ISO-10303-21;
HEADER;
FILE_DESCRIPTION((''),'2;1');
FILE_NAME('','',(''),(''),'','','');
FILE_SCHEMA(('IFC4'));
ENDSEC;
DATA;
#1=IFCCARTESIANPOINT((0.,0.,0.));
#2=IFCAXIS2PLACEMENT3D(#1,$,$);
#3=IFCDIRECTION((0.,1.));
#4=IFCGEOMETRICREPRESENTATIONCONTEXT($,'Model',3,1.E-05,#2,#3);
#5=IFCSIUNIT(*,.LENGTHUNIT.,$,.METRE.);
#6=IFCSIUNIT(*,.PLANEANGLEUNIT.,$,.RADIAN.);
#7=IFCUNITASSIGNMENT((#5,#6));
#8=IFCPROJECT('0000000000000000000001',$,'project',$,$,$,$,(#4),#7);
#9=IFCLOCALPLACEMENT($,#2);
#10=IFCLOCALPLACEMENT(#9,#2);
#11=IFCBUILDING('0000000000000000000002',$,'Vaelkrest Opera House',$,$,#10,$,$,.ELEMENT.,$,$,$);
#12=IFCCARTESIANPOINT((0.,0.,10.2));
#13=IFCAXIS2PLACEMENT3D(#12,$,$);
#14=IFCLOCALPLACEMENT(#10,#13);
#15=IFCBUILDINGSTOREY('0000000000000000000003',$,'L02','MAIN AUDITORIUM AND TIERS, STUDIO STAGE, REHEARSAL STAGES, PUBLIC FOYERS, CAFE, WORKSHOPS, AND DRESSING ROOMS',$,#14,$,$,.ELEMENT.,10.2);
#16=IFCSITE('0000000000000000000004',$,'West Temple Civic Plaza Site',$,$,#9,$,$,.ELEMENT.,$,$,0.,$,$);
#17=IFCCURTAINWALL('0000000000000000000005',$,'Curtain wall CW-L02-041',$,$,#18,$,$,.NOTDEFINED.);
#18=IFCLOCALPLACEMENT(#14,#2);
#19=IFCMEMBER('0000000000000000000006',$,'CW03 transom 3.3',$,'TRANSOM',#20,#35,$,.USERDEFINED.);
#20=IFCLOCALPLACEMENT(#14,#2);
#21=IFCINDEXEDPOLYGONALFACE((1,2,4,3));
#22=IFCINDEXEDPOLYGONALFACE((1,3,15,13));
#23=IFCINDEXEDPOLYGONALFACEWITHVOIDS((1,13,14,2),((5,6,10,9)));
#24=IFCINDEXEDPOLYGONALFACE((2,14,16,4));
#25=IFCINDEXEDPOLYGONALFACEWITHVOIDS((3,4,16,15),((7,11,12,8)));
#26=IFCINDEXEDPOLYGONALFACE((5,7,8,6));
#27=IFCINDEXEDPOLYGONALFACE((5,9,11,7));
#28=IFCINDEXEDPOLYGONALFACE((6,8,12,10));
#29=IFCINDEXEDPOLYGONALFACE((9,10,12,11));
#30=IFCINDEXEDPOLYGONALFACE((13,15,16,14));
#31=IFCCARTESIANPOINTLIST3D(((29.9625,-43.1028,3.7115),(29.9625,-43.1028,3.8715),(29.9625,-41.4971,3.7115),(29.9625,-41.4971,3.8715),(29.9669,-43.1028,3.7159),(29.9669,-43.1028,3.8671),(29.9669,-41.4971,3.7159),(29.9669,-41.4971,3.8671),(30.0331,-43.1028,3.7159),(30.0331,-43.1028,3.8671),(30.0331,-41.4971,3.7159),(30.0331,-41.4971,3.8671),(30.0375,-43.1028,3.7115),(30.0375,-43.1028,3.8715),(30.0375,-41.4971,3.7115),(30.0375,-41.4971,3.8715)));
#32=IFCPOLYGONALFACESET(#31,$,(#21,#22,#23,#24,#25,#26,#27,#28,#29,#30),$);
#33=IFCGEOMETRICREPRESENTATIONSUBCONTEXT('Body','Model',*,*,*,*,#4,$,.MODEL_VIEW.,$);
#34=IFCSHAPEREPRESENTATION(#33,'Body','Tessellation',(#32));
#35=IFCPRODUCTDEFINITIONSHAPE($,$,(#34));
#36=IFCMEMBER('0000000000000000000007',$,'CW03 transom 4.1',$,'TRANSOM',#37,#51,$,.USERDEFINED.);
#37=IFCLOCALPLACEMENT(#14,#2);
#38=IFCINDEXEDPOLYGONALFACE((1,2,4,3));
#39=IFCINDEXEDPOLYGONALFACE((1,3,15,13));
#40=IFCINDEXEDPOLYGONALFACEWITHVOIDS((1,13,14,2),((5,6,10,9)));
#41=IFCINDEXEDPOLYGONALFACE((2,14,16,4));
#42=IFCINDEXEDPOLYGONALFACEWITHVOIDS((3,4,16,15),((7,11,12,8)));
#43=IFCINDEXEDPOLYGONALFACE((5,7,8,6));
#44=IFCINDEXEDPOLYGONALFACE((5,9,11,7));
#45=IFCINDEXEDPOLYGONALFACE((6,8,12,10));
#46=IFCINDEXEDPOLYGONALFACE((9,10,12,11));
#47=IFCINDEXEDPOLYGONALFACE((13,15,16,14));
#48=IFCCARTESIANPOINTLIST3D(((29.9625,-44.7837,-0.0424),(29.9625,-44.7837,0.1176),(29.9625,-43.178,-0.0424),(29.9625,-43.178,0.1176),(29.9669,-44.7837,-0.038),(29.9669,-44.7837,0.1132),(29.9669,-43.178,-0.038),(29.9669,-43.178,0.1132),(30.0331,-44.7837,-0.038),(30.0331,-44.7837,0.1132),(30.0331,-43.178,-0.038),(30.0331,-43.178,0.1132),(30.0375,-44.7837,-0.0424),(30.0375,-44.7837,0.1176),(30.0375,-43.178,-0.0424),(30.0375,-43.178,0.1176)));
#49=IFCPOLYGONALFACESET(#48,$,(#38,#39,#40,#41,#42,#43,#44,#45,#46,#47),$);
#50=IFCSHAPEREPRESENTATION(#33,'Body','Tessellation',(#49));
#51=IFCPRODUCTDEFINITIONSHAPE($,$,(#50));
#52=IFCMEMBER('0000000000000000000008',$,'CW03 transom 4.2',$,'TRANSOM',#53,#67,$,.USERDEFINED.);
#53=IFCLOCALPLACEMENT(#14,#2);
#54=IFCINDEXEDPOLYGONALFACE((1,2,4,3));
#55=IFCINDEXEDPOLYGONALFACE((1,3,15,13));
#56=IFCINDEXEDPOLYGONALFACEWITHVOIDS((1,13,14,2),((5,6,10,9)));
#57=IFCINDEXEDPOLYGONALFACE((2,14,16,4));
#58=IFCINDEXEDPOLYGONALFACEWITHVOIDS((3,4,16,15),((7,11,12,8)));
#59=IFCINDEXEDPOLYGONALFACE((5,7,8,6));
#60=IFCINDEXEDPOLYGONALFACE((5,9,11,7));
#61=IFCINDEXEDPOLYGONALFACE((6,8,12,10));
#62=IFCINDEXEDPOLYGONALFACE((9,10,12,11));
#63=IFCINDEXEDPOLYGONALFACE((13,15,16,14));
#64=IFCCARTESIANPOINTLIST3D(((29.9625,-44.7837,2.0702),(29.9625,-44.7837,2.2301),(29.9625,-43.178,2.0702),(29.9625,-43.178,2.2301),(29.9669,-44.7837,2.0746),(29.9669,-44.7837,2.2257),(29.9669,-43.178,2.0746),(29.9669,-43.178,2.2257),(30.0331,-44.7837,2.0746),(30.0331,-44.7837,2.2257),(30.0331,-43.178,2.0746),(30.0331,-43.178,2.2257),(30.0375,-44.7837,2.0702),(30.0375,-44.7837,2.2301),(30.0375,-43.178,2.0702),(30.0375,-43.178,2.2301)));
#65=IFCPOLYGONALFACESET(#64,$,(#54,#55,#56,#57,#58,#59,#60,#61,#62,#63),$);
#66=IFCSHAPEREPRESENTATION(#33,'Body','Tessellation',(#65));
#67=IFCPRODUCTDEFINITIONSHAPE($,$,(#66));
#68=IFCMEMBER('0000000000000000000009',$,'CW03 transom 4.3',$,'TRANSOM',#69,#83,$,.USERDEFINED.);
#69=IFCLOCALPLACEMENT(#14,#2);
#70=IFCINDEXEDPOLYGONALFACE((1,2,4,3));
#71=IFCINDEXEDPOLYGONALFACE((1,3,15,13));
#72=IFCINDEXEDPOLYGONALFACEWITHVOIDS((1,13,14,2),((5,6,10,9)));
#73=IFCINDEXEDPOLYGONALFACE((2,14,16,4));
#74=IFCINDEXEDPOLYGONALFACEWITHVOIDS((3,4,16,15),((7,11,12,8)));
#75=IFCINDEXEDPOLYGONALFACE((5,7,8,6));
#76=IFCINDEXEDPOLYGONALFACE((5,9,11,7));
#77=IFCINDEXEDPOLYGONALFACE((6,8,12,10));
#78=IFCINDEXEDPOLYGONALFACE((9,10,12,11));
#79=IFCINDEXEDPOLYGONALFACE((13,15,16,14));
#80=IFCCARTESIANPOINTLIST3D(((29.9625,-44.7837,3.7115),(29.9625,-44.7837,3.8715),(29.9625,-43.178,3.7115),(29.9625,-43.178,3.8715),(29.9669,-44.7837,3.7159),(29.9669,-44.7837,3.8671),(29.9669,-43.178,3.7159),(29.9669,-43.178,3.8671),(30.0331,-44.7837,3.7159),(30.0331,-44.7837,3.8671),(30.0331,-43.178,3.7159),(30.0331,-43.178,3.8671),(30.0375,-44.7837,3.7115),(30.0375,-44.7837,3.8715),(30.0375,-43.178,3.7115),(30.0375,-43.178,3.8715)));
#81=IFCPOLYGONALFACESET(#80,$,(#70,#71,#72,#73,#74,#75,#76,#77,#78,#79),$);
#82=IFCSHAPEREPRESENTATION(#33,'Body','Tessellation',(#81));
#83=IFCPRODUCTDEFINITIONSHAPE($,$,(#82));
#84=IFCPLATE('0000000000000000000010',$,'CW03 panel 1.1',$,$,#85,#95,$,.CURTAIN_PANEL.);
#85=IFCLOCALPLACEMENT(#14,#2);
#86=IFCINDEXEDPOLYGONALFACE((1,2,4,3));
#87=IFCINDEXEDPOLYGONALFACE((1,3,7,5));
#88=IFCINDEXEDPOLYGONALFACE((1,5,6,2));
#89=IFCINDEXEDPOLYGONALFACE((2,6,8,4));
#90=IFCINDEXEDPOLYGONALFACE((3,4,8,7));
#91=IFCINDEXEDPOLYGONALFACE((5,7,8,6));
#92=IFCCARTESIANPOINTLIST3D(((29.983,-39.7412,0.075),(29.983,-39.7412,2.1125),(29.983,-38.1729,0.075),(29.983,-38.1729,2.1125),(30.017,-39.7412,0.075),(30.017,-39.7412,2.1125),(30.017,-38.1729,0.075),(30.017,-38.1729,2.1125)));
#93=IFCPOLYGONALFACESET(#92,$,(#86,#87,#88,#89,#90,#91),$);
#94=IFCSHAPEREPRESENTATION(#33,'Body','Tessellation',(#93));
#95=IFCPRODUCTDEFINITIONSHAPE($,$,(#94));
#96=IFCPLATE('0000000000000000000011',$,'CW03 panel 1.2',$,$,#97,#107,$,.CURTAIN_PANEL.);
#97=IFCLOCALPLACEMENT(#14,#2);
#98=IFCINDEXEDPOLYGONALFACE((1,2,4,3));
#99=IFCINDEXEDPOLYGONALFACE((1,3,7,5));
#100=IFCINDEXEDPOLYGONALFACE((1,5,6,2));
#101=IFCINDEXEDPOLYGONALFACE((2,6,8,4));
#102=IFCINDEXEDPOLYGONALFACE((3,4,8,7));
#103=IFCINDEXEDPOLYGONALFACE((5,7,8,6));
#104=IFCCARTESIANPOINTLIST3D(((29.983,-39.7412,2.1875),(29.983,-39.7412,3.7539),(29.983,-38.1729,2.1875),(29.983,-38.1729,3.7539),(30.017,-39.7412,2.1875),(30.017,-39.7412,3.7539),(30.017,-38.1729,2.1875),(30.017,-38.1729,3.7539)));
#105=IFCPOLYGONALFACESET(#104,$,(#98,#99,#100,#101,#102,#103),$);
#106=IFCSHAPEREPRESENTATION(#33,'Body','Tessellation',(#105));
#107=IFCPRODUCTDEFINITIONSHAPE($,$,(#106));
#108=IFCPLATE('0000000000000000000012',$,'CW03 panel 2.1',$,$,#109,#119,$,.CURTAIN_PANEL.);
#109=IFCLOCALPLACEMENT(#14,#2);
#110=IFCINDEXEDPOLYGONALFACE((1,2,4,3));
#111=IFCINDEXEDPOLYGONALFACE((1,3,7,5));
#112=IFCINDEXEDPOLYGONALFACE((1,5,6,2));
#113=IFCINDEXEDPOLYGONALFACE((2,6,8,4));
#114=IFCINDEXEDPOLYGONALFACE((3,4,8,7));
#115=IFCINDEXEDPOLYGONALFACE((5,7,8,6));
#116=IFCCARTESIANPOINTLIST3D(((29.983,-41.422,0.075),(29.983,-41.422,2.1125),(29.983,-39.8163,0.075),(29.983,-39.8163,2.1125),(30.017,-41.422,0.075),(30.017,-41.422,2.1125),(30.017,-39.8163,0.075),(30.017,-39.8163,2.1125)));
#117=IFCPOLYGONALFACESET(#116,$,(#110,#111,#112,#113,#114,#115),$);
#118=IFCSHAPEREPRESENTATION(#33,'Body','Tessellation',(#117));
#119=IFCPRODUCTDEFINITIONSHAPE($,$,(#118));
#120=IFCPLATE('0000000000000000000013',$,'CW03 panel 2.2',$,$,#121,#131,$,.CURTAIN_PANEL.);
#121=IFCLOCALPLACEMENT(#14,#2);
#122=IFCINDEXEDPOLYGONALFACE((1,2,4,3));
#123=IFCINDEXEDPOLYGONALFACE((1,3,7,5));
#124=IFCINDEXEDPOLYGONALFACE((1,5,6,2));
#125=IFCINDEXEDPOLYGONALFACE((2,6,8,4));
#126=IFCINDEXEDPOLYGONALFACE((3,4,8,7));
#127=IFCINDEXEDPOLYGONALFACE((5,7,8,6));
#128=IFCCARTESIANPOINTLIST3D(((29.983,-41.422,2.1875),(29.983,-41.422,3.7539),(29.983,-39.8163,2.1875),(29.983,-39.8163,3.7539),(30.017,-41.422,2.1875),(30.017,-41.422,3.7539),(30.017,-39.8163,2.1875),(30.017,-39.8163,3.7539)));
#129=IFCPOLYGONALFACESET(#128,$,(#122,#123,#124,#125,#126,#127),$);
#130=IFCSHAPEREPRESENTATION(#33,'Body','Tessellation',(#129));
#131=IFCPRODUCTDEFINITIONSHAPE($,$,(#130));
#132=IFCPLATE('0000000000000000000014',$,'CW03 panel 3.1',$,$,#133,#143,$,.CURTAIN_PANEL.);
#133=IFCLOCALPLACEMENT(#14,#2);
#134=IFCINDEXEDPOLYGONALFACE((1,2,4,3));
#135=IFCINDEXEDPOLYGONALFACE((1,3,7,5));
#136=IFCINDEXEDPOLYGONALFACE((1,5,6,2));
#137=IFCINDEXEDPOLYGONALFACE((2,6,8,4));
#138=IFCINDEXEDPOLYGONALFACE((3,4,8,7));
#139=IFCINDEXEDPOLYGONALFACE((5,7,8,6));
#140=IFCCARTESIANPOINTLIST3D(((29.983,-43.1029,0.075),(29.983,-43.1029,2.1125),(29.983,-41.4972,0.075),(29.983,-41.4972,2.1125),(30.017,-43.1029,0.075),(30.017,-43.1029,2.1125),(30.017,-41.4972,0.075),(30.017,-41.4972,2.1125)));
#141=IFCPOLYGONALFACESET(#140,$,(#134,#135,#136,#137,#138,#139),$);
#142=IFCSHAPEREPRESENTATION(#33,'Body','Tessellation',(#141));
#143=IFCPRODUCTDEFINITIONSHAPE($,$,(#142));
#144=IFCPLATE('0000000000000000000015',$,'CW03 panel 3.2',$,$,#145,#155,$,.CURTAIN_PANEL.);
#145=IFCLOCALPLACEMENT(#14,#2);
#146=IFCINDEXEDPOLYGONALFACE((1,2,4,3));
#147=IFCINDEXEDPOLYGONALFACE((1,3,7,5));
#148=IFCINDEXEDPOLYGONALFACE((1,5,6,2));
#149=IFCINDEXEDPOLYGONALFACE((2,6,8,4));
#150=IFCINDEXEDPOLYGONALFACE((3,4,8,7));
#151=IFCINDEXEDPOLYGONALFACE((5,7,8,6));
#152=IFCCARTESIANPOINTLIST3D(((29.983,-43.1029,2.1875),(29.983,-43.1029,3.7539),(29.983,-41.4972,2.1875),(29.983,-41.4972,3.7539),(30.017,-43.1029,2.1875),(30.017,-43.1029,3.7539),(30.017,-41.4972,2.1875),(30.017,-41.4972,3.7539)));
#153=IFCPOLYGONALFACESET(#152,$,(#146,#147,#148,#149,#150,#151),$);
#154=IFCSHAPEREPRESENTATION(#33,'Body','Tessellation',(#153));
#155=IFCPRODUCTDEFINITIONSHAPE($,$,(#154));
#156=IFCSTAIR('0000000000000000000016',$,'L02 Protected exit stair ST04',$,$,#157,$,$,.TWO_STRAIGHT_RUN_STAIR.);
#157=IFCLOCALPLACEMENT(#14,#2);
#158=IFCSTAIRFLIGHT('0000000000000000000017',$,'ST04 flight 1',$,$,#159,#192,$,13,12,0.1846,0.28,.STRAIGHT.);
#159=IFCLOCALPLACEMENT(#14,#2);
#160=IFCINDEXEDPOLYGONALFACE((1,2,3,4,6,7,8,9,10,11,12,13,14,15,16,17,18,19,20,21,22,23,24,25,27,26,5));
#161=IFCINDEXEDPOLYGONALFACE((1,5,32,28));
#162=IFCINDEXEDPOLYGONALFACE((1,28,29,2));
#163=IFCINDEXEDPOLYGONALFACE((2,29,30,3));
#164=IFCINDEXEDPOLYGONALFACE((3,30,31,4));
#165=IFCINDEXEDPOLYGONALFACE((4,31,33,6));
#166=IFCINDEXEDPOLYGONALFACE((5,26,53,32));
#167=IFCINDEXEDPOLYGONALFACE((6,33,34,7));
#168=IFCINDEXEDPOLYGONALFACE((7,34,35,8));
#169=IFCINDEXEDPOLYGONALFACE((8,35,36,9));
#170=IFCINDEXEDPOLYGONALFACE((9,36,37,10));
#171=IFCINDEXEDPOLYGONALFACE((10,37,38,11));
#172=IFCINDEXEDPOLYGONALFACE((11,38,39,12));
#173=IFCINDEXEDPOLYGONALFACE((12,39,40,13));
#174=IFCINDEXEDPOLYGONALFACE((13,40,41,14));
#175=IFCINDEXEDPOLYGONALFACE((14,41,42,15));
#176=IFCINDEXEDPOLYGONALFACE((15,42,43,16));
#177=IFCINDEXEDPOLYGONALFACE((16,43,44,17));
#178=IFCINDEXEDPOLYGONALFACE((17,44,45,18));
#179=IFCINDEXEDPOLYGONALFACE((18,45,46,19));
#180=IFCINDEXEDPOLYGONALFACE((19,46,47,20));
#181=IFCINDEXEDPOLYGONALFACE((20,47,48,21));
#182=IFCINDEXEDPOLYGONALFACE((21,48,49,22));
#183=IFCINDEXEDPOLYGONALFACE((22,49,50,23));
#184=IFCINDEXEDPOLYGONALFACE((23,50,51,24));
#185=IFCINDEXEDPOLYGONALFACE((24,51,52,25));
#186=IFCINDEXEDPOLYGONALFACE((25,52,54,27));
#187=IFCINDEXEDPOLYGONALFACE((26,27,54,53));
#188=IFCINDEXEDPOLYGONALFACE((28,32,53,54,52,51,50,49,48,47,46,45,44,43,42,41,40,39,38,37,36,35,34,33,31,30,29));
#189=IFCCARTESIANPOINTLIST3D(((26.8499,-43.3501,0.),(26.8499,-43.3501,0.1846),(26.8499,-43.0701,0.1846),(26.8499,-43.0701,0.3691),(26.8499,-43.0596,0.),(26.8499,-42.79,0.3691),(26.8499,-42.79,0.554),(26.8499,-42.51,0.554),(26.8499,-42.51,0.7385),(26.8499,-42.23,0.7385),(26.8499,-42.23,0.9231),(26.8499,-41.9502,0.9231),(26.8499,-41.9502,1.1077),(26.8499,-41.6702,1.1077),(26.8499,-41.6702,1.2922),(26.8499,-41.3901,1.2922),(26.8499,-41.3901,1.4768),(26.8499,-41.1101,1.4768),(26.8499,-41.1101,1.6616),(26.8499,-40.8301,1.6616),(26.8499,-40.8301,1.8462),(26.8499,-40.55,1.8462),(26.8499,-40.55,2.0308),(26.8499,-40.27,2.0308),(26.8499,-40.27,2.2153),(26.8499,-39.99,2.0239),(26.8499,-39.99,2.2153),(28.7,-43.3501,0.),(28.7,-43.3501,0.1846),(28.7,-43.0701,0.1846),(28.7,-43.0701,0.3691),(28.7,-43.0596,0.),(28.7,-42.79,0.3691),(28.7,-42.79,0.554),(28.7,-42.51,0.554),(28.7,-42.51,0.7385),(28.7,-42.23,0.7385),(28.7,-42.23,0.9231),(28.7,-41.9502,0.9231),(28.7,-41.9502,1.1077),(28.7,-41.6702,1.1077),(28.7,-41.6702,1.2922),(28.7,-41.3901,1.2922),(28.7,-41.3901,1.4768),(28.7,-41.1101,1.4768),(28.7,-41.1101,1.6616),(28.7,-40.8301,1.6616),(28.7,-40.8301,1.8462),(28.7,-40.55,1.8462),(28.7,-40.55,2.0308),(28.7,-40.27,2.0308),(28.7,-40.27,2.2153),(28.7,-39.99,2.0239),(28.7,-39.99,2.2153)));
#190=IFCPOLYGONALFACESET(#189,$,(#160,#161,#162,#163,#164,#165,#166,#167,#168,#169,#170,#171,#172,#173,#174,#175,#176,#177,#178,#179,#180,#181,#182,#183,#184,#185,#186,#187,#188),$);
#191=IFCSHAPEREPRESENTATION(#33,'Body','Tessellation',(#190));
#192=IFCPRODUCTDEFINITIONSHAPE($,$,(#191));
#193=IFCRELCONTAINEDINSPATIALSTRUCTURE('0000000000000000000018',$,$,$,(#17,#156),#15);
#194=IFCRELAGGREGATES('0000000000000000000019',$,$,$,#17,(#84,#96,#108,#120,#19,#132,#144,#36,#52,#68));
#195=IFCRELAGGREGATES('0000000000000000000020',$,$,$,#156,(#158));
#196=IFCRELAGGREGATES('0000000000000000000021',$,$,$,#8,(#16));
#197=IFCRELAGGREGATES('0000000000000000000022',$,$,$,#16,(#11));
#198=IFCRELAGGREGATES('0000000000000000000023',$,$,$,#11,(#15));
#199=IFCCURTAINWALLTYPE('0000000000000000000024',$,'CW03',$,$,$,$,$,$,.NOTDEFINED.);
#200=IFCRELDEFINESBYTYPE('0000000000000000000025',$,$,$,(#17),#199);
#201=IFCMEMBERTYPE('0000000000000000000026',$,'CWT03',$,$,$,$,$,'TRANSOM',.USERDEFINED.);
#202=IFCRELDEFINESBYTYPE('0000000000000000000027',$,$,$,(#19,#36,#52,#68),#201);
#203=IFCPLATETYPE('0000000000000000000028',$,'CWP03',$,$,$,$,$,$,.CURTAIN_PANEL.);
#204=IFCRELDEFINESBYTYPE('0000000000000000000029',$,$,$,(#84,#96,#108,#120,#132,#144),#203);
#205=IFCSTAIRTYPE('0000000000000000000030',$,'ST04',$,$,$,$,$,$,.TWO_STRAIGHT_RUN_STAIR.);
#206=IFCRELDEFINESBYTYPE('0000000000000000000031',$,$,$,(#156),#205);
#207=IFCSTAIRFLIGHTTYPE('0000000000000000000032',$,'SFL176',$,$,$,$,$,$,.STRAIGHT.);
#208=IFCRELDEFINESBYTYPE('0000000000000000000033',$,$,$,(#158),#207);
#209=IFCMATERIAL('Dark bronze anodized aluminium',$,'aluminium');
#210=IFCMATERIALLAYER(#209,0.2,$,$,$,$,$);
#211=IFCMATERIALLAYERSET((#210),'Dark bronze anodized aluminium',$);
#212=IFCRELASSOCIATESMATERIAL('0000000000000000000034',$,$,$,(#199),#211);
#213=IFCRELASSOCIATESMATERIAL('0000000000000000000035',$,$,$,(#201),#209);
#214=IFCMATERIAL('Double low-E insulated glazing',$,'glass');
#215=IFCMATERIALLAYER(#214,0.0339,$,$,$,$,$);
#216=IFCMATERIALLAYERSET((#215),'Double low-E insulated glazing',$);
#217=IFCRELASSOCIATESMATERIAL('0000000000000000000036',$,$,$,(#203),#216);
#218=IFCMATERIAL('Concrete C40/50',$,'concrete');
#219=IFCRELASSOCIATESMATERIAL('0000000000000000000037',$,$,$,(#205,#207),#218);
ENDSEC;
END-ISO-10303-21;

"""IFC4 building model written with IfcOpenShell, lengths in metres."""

from ifc_helpers import new_model, si_unit, direction, frame, origin, origin_2d, place, context, subcontext, project, spatial, polyline, rectangle, hollow_rectangle, outline, extrude, material, layer, layer_set, material_profile, profile_set, type_object, element, aggregate, save


model = new_model("IFC4")

# Units and contexts
model_context = context("Model", 3, precision=1e-05, world=origin(), true_north=direction((0.0, 1.0)))
body_context = subcontext(model_context, "Body", "Model", "MODEL_VIEW")
ifc_project = project(units=[si_unit("LENGTHUNIT", "METRE"), si_unit("PLANEANGLEUNIT", "RADIAN")], contexts=[model_context])

# Site, building, storey
site_placement = place(None, origin())
site = spatial("IfcSite", under=ifc_project, at=site_placement, Name="West Temple Civic Plaza Site", CompositionType="ELEMENT", RefElevation=0.0)
building_placement = place(site_placement, origin())
building = spatial("IfcBuilding", under=site, at=building_placement, Name="Vaelkrest Opera House", CompositionType="ELEMENT")
storey_placement = place(building_placement, frame((0.0, 0.0, 10.2)))
storey = spatial("IfcBuildingStorey", under=building, at=storey_placement, Name="L02", Description="MAIN AUDITORIUM AND TIERS, STUDIO STAGE, REHEARSAL STAGES, PUBLIC FOYERS, CAFE, WORKSHOPS, AND DRESSING ROOMS", CompositionType="ELEMENT", Elevation=10.2)

# Curtain wall, members, plates
ifc_material_1 = material(Name="Dark bronze anodized aluminium", Category="aluminium")
ifc_layer_1 = layer(ifc_material_1, 0.2)
ifc_layer_set_1 = layer_set([ifc_layer_1], Name="Dark bronze anodized aluminium")
curtain_wall_type = type_object("IfcCurtainWallType", Name="CW03", PredefinedType="NOTDEFINED", material=ifc_layer_set_1)
curtain_wall_placement = place(storey_placement, origin())
curtain_wall = element("IfcCurtainWall", 1, at=curtain_wall_placement, inside=storey, type_object=curtain_wall_type, Name="Curtain wall CW-L02-041", PredefinedType="NOTDEFINED")
ifc_material_profile_1 = material_profile(ifc_material_1, hollow_rectangle(XDim=0.075, YDim=0.1599, WallThickness=0.0044, at=origin_2d()), Name="CWT75X160")
ifc_profile_set_1 = profile_set([ifc_material_profile_1], Name="Dark bronze anodized aluminium")
member_type_1 = type_object("IfcMemberType", Name="CWT03", ElementType="TRANSOM", PredefinedType="USERDEFINED", material=ifc_profile_set_1)
member_1_placement = place(storey_placement, frame((30.0, -41.4971, 3.7915), z_axis=(0.0, -1.0, 0.0), x_axis=(1.0, 0.0, 0.0)))
member_1 = element("IfcMember", 2, at=member_1_placement, type_object=member_type_1, Name="CW03 transom 3.3", ObjectType="TRANSOM", PredefinedType="USERDEFINED", context=body_context, shape_type="SweptSolid", body=[
    extrude(hollow_rectangle(XDim=0.075, YDim=0.1599, WallThickness=0.0044, at=origin_2d()), origin(), (0.0, 0.0, 1.0), 1.6057),
])
member_2_placement = place(storey_placement, frame((30.0, -43.178, 0.0376), z_axis=(0.0, -1.0, 0.0), x_axis=(1.0, 0.0, 0.0)))
member_2 = element("IfcMember", 3, at=member_2_placement, type_object=member_type_1, Name="CW03 transom 4.1", ObjectType="TRANSOM", PredefinedType="USERDEFINED", context=body_context, shape_type="SweptSolid", body=[
    extrude(hollow_rectangle(XDim=0.075, YDim=0.1599, WallThickness=0.0044, at=origin_2d()), origin(), (0.0, 0.0, 1.0), 1.6057),
])
member_3_placement = place(storey_placement, frame((30.0, -43.178, 2.1501), z_axis=(0.0, -1.0, 0.0), x_axis=(1.0, 0.0, 0.0)))
member_3 = element("IfcMember", 4, at=member_3_placement, type_object=member_type_1, Name="CW03 transom 4.2", ObjectType="TRANSOM", PredefinedType="USERDEFINED", context=body_context, shape_type="SweptSolid", body=[
    extrude(hollow_rectangle(XDim=0.075, YDim=0.1599, WallThickness=0.0044, at=origin_2d()), origin(), (0.0, 0.0, 1.0), 1.6057),
])
member_4_placement = place(storey_placement, frame((30.0, -43.178, 3.7915), z_axis=(0.0, -1.0, 0.0), x_axis=(1.0, 0.0, 0.0)))
member_4 = element("IfcMember", 5, at=member_4_placement, type_object=member_type_1, Name="CW03 transom 4.3", ObjectType="TRANSOM", PredefinedType="USERDEFINED", context=body_context, shape_type="SweptSolid", body=[
    extrude(hollow_rectangle(XDim=0.075, YDim=0.1599, WallThickness=0.0044, at=origin_2d()), origin(), (0.0, 0.0, 1.0), 1.6057),
])
ifc_material_2 = material(Name="Double low-E insulated glazing", Category="glass")
ifc_layer_2 = layer(ifc_material_2, 0.0339)
ifc_layer_set_2 = layer_set([ifc_layer_2], Name="Double low-E insulated glazing")
plate_type = type_object("IfcPlateType", Name="CWP03", PredefinedType="CURTAIN_PANEL", material=ifc_layer_set_2)
plate_1_placement = place(storey_placement, frame((30.0, -38.957, 0.075), z_axis=(0.0, 0.0, 1.0), x_axis=(0.0, -1.0, 0.0)))
plate_1 = element("IfcPlate", 6, at=plate_1_placement, type_object=plate_type, Name="CW03 panel 1.1", PredefinedType="CURTAIN_PANEL", context=body_context, shape_type="SweptSolid", body=[
    extrude(rectangle(XDim=1.5684, YDim=0.0339, at=origin_2d()), origin(), (0.0, 0.0, 1.0), 2.0376),
])
plate_2_placement = place(storey_placement, frame((30.0, -38.957, 2.1875), z_axis=(0.0, 0.0, 1.0), x_axis=(0.0, -1.0, 0.0)))
plate_2 = element("IfcPlate", 7, at=plate_2_placement, type_object=plate_type, Name="CW03 panel 1.2", PredefinedType="CURTAIN_PANEL", context=body_context, shape_type="SweptSolid", body=[
    extrude(rectangle(XDim=1.5684, YDim=0.0339, at=origin_2d()), origin(), (0.0, 0.0, 1.0), 1.5664),
])
plate_3_placement = place(storey_placement, frame((30.0, -40.6191, 0.075), z_axis=(0.0, 0.0, 1.0), x_axis=(0.0, -1.0, 0.0)))
plate_3 = element("IfcPlate", 8, at=plate_3_placement, type_object=plate_type, Name="CW03 panel 2.1", PredefinedType="CURTAIN_PANEL", context=body_context, shape_type="SweptSolid", body=[
    extrude(rectangle(XDim=1.6057, YDim=0.0339, at=origin_2d()), origin(), (0.0, 0.0, 1.0), 2.0376),
])
plate_4_placement = place(storey_placement, frame((30.0, -40.6191, 2.1875), z_axis=(0.0, 0.0, 1.0), x_axis=(0.0, -1.0, 0.0)))
plate_4 = element("IfcPlate", 9, at=plate_4_placement, type_object=plate_type, Name="CW03 panel 2.2", PredefinedType="CURTAIN_PANEL", context=body_context, shape_type="SweptSolid", body=[
    extrude(rectangle(XDim=1.6057, YDim=0.0339, at=origin_2d()), origin(), (0.0, 0.0, 1.0), 1.5664),
])
plate_5_placement = place(storey_placement, frame((30.0, -42.3, 0.075), z_axis=(0.0, 0.0, 1.0), x_axis=(0.0, -1.0, 0.0)))
plate_5 = element("IfcPlate", 10, at=plate_5_placement, type_object=plate_type, Name="CW03 panel 3.1", PredefinedType="CURTAIN_PANEL", context=body_context, shape_type="SweptSolid", body=[
    extrude(rectangle(XDim=1.6057, YDim=0.0339, at=origin_2d()), origin(), (0.0, 0.0, 1.0), 2.0376),
])
plate_6_placement = place(storey_placement, frame((30.0, -42.3, 2.1875), z_axis=(0.0, 0.0, 1.0), x_axis=(0.0, -1.0, 0.0)))
plate_6 = element("IfcPlate", 11, at=plate_6_placement, type_object=plate_type, Name="CW03 panel 3.2", PredefinedType="CURTAIN_PANEL", context=body_context, shape_type="SweptSolid", body=[
    extrude(rectangle(XDim=1.6057, YDim=0.0339, at=origin_2d()), origin(), (0.0, 0.0, 1.0), 1.5664),
])
aggregate(curtain_wall, [plate_1, plate_2, plate_3, plate_4, member_1, plate_5, plate_6, member_2, member_3, member_4])

# Stair, stair flight
ifc_material_3 = material(Name="Concrete C40/50", Category="concrete")
stair_type = type_object("IfcStairType", Name="ST04", PredefinedType="TWO_STRAIGHT_RUN_STAIR", material=ifc_material_3)
stair_placement = place(storey_placement, origin())
stair = element("IfcStair", 12, at=stair_placement, inside=storey, type_object=stair_type, Name="L02 Protected exit stair ST04", PredefinedType="TWO_STRAIGHT_RUN_STAIR")
stair_flight_type = type_object("IfcStairFlightType", Name="SFL176", PredefinedType="STRAIGHT", material=ifc_material_3)
stair_flight_1_placement = place(storey_placement, frame((27.7749, -43.3501, 0.0), z_axis=(0.0, 0.0, 1.0), x_axis=(0.0, 1.0, 0.0)))
stair_flight_1 = element("IfcStairFlight", 13, at=stair_flight_1_placement, type_object=stair_flight_type, Name="ST04 flight 1", NumberOfRisers=13, NumberOfTreads=12, PredefinedType="STRAIGHT", RiserHeight=0.1846, TreadLength=0.28, context=body_context, shape_type="SweptSolid", body=[
    extrude(outline(polyline([(0.0, 0.0), (0.0, 0.1846), (0.28, 0.1846), (0.28, 0.3691), (0.5601, 0.3691), (0.5601, 0.554), (0.8401, 0.554), (0.8401, 0.7385), (1.1201, 0.7385), (1.1201, 0.9231), (1.3999, 0.9231), (1.3999, 1.1077), (1.6799, 1.1077), (1.6799, 1.2922), (1.96, 1.2922), (1.96, 1.4768), (2.24, 1.4768), (2.24, 1.6616), (2.52, 1.6616), (2.52, 1.8462), (2.8, 1.8462), (2.8, 2.0308), (3.0801, 2.0308), (3.0801, 2.2153), (3.3601, 2.2153), (3.3601, 2.3999), (3.3601, 2.0239), (0.2905, 0.0), (0.0, 0.0)])), frame((0.0, 0.925, 0.0), z_axis=(0.0, -1.0, 0.0), x_axis=(1.0, 0.0, 0.0)), (0.0, 0.0, 1.0), 1.8501),
])
aggregate(stair, [stair_flight_1])

save(model, "model.ifc")
